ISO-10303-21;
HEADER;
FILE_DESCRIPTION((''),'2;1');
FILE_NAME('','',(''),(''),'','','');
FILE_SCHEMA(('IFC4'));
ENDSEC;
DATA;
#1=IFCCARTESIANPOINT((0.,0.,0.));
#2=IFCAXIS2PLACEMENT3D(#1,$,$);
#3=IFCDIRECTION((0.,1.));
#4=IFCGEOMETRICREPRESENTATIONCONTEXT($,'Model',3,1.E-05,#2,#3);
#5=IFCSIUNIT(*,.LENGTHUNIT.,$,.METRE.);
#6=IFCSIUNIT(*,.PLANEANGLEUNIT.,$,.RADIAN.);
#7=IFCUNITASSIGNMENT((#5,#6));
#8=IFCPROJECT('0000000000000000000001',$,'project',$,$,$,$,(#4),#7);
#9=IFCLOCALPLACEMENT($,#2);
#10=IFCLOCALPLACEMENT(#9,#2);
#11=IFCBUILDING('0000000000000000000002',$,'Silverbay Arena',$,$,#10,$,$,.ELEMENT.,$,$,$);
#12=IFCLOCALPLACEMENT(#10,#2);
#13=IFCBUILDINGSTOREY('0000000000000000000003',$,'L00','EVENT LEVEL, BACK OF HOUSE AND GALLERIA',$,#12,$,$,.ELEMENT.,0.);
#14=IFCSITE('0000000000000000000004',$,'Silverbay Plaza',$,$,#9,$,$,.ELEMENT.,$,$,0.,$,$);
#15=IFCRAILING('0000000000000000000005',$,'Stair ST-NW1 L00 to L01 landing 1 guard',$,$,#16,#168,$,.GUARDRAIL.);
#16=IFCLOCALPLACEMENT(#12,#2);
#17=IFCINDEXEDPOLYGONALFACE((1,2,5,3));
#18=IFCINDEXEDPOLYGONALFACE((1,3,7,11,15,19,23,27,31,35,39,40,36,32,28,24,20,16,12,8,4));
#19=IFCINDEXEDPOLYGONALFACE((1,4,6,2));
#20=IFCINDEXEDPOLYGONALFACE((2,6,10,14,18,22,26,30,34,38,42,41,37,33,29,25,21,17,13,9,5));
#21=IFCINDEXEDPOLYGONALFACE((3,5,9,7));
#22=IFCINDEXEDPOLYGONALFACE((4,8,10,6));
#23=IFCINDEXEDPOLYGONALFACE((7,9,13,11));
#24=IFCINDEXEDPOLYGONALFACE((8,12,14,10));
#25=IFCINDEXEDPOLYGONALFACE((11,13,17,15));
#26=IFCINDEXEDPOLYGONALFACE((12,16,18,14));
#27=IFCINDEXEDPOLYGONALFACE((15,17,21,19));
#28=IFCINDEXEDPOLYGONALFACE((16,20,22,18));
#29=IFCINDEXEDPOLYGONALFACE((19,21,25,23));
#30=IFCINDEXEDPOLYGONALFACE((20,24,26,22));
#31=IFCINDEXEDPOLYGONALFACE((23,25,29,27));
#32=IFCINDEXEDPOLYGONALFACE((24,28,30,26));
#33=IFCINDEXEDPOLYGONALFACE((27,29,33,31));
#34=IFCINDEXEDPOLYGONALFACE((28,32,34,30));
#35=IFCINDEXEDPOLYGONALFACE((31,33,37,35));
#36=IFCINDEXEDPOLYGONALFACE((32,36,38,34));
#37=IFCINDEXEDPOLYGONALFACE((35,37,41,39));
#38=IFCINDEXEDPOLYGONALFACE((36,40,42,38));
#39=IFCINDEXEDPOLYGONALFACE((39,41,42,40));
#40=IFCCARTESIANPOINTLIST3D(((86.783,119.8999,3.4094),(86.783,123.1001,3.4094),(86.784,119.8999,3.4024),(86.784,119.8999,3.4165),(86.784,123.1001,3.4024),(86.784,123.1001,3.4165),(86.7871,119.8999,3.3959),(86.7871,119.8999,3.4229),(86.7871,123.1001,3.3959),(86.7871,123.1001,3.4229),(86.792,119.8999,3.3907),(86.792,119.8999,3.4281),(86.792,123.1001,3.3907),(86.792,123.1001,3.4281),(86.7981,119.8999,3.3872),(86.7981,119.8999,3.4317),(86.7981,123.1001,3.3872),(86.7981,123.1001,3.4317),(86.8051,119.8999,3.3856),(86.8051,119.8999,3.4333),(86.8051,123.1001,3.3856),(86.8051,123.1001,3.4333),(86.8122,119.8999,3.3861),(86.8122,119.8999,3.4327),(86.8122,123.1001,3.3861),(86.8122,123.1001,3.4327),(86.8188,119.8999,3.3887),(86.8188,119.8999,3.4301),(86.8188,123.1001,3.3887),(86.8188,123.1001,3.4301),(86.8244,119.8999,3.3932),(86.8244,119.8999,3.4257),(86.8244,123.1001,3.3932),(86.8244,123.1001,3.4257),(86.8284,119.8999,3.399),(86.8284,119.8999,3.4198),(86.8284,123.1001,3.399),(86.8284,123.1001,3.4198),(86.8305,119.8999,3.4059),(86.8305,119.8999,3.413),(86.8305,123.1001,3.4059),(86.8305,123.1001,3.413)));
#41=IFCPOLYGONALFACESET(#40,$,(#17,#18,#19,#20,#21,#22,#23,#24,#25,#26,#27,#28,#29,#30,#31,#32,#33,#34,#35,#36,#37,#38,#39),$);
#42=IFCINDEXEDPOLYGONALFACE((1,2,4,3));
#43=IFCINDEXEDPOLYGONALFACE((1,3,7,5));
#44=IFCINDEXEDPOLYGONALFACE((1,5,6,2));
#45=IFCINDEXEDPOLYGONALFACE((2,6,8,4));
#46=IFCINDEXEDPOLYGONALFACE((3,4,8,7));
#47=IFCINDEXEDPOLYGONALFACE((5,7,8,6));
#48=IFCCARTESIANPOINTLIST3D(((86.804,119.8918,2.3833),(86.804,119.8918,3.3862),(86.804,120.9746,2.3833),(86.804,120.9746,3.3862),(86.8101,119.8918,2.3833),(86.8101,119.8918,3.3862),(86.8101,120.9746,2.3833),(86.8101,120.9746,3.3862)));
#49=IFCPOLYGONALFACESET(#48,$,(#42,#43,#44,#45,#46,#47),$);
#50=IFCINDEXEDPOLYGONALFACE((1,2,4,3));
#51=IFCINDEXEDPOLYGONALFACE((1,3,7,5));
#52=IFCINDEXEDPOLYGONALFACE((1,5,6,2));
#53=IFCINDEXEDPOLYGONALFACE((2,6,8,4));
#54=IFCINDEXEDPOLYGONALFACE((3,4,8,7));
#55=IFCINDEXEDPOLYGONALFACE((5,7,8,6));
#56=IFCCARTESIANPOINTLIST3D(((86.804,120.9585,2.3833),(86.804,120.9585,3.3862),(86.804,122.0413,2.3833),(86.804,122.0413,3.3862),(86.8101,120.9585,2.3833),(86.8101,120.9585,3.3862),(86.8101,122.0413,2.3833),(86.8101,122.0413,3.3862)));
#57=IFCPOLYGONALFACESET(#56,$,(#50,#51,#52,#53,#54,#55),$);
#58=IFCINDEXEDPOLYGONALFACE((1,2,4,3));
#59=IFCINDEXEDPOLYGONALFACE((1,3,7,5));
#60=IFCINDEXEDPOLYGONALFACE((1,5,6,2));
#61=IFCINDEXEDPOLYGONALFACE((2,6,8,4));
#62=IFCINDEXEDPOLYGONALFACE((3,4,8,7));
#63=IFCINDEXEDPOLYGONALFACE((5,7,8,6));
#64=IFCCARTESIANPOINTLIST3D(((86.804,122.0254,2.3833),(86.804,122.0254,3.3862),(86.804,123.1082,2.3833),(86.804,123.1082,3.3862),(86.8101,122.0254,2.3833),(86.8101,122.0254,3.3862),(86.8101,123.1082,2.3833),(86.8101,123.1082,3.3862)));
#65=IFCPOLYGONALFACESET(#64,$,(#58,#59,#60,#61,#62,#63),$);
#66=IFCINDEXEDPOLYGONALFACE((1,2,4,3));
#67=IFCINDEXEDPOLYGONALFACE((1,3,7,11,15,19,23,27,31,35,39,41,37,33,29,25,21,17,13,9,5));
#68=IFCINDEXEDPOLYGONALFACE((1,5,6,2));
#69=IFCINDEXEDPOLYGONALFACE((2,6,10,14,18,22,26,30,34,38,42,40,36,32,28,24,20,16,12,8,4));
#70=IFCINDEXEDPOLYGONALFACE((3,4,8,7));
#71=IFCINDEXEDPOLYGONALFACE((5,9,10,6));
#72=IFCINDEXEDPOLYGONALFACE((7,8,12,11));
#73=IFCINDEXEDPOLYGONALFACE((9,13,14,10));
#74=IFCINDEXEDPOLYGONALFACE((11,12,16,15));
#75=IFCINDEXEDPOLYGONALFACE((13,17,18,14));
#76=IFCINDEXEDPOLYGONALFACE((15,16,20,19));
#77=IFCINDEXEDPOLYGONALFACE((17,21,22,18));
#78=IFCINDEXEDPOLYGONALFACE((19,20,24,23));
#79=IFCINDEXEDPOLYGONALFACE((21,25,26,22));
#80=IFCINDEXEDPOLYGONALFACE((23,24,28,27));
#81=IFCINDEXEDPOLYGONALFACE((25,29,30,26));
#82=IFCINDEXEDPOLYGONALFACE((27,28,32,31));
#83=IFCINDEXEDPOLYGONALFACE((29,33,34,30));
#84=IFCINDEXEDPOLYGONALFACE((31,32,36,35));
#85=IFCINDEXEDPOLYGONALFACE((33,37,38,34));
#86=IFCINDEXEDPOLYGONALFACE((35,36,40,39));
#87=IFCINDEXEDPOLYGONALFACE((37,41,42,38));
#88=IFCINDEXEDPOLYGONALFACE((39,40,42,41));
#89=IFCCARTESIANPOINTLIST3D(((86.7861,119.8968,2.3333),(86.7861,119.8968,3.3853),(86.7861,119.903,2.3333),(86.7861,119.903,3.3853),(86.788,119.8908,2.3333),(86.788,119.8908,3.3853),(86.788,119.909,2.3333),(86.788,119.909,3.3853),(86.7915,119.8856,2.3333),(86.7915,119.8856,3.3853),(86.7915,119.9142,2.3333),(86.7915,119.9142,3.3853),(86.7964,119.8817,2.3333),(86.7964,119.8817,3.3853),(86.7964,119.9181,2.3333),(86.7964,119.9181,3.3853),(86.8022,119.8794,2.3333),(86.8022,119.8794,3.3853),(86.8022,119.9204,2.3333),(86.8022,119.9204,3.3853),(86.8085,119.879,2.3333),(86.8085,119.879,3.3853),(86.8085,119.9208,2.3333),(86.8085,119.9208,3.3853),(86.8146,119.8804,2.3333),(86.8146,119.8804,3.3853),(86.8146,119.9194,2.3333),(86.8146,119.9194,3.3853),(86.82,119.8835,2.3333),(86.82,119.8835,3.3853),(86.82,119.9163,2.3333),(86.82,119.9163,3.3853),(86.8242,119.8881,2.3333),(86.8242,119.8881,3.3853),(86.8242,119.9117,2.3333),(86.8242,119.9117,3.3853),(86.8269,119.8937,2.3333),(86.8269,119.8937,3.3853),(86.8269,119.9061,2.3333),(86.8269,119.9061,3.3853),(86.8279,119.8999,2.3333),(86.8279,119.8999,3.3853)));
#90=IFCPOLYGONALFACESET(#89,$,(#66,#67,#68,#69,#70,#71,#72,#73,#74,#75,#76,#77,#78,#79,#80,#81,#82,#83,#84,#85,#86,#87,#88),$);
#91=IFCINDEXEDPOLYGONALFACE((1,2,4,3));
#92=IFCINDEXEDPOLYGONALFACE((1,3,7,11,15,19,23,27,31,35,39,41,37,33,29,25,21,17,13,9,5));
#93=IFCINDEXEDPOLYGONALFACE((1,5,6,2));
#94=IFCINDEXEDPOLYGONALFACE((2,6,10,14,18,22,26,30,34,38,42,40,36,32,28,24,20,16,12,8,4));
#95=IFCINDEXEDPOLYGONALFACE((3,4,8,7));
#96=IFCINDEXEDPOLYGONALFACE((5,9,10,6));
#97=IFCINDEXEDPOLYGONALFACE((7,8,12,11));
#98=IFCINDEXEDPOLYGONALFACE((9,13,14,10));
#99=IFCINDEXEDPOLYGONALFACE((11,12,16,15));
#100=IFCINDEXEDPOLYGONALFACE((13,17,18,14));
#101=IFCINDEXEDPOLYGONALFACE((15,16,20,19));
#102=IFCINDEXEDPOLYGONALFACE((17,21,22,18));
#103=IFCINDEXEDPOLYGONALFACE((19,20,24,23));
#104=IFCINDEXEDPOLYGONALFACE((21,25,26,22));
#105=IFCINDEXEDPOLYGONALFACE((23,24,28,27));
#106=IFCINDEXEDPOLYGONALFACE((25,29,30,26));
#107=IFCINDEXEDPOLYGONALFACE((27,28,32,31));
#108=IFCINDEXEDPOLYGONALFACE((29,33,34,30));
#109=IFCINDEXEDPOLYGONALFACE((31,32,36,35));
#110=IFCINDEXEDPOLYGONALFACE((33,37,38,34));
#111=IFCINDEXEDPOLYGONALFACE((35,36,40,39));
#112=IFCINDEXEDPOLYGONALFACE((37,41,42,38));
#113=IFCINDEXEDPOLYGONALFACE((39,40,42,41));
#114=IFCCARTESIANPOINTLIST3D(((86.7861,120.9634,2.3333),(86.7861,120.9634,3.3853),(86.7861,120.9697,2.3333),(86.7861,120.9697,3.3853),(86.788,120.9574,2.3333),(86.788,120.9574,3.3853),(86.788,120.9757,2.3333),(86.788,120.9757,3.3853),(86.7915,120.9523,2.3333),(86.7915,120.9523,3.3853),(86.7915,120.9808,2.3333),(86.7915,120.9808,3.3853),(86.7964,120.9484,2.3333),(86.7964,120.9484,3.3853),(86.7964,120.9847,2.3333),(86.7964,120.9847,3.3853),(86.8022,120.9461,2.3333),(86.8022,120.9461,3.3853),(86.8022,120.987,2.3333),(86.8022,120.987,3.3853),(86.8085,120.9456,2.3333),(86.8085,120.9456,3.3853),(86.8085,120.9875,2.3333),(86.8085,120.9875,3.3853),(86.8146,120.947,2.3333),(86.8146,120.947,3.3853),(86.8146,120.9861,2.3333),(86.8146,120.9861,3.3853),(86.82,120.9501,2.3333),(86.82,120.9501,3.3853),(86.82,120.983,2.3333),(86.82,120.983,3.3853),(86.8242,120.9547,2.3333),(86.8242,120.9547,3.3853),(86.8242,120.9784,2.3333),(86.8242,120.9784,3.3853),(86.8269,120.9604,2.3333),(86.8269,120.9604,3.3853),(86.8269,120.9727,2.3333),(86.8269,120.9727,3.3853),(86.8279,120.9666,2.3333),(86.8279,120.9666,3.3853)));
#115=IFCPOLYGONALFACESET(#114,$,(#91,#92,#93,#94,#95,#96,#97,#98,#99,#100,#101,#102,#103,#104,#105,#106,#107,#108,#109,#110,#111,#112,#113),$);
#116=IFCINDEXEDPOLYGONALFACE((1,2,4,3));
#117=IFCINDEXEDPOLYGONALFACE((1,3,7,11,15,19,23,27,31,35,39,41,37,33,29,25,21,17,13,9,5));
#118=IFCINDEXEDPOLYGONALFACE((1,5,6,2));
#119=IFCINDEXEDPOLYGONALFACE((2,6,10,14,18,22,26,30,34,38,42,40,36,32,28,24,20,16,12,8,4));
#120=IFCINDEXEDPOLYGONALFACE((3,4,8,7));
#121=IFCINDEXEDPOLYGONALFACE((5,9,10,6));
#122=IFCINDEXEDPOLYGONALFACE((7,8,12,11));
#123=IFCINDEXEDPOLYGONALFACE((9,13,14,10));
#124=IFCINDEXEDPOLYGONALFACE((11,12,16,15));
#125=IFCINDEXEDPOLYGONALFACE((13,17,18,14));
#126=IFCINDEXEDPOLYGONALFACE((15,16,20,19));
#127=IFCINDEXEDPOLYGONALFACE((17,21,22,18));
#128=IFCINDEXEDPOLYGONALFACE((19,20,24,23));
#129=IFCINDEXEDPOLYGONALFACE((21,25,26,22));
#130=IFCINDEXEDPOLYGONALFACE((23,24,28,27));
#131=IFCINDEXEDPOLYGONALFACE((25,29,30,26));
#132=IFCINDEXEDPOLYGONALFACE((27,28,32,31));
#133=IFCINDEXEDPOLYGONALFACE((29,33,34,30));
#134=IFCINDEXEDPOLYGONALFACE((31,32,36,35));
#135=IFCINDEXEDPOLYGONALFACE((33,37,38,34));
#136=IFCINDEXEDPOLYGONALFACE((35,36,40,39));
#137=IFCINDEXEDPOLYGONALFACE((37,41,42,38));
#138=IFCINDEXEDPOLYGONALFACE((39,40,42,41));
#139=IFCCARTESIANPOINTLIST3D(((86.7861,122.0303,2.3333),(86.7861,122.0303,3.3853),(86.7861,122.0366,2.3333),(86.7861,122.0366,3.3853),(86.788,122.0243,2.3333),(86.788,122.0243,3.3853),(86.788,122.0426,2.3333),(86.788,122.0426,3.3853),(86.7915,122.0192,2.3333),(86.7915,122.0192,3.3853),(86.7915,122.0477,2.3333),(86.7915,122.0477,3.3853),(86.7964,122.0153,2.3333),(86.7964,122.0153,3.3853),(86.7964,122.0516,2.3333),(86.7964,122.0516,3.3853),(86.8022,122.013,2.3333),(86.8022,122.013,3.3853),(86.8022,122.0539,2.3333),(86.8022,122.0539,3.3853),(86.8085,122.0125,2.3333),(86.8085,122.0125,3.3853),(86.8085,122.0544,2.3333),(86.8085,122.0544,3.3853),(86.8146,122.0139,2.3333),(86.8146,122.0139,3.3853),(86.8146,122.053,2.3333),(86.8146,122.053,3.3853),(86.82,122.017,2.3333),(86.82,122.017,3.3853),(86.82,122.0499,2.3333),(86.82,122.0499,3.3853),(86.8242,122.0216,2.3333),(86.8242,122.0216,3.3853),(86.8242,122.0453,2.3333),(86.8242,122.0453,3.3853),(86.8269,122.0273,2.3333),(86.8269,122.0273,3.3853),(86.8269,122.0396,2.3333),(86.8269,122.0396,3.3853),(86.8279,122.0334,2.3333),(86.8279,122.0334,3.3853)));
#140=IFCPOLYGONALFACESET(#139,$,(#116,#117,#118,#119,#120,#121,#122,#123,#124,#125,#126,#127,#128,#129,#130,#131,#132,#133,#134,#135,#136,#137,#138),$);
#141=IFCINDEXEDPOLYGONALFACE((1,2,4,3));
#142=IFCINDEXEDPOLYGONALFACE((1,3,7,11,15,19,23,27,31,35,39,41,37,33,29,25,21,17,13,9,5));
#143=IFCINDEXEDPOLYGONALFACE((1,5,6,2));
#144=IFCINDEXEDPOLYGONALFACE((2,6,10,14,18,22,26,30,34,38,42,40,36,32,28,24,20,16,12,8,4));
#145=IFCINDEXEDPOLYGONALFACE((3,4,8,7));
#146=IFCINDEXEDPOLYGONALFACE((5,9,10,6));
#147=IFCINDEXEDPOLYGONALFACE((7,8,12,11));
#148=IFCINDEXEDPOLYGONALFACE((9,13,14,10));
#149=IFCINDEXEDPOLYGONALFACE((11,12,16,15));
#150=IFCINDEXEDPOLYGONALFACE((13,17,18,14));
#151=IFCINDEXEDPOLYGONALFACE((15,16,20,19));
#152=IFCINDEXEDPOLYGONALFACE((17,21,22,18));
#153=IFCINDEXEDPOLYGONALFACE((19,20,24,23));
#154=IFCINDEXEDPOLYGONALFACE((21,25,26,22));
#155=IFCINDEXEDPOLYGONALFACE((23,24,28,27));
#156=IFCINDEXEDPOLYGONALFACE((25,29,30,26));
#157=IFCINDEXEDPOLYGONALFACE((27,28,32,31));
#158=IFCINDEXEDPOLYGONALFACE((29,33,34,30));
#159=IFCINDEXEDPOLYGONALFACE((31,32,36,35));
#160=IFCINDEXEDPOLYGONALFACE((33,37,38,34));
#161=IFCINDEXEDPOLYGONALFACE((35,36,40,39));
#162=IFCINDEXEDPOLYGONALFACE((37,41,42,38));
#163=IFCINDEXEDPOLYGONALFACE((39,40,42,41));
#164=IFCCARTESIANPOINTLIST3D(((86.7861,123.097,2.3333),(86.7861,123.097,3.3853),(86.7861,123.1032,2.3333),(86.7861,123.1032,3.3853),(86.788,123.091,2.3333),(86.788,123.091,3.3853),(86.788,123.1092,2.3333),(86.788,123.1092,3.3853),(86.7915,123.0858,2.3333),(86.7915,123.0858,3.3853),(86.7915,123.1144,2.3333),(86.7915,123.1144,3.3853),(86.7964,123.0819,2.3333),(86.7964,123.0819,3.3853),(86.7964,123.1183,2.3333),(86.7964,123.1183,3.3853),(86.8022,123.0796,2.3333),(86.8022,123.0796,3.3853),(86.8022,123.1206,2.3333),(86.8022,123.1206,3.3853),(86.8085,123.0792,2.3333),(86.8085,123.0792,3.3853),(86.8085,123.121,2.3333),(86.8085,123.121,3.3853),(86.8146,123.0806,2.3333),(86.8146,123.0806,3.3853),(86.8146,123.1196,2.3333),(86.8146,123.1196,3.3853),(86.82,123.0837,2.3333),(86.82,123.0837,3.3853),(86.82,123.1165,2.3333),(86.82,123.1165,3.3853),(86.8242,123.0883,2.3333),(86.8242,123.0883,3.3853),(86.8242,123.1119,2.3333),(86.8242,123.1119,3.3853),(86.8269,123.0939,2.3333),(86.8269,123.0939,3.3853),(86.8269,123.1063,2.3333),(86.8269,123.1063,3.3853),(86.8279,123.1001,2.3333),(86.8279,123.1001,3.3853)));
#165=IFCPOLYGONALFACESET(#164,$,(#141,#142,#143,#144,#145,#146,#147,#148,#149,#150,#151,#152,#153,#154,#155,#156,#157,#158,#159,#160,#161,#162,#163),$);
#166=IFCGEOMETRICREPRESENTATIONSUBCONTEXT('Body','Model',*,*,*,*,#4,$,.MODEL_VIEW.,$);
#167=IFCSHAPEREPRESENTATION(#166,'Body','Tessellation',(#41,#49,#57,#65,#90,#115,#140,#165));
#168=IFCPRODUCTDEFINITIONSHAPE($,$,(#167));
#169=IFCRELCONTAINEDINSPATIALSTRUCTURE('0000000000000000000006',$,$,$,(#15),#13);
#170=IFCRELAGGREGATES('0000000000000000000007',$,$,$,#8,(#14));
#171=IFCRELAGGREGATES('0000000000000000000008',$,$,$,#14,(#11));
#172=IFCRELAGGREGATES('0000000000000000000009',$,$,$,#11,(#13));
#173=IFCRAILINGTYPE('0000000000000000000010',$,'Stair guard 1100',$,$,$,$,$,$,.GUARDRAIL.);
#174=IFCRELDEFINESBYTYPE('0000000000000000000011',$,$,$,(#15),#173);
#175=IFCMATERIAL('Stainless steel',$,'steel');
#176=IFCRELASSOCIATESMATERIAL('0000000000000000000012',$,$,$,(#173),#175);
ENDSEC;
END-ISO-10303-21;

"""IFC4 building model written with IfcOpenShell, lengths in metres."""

from ifc_helpers import new_model, si_unit, direction, frame, origin, origin_2d, place, context, subcontext, project, spatial, polyline, circle, outline, extrude, material, type_object, element, save


model = new_model("IFC4")

# Units and contexts
model_context = context("Model", 3, precision=1e-05, world=origin(), true_north=direction((0.0, 1.0)))
body_context = subcontext(model_context, "Body", "Model", "MODEL_VIEW")
ifc_project = project(units=[si_unit("LENGTHUNIT", "METRE"), si_unit("PLANEANGLEUNIT", "RADIAN")], contexts=[model_context])

# Site, building, storey
site_placement = place(None, origin())
site = spatial("IfcSite", under=ifc_project, at=site_placement, Name="Silverbay Plaza", CompositionType="ELEMENT", RefElevation=0.0)
building_placement = place(site_placement, origin())
building = spatial("IfcBuilding", under=site, at=building_placement, Name="Silverbay Arena", CompositionType="ELEMENT")
storey_placement = place(building_placement, origin())
storey = spatial("IfcBuildingStorey", under=building, at=storey_placement, Name="L00", Description="EVENT LEVEL, BACK OF HOUSE AND GALLERIA", CompositionType="ELEMENT", Elevation=0.0)

# Railing
ifc_material_1 = material(Name="Stainless steel", Category="steel")
railing_type_1 = type_object("IfcRailingType", Name="Stair guard 1100", PredefinedType="GUARDRAIL", material=ifc_material_1)
for number, where, name in (
    (1, (86.8069, 119.8999, 2.3333), "Stair ST-NW1 L00 to L01 landing 1 guard"),
):
    element("IfcRailing", number, at=place(storey_placement, frame(where)), inside=storey, type_object=railing_type_1, Name=name, PredefinedType="GUARDRAIL", context=body_context, shape_type="SweptSolid", body=[
        extrude(circle(Radius=0.0239, at=origin_2d()), frame((0.0, 0.0, 1.0762), z_axis=(0.0, 1.0, 0.0), x_axis=(-1.0, 0.0, 0.0)), (0.0, 0.0, 1.0), 3.2002),
        extrude(outline(polyline([(-0.0081, 0.05), (1.0747, 0.05), (1.0747, 1.053), (-0.0081, 1.053), (-0.0081, 0.05)])), frame((-0.0029, 0.0, 0.0), z_axis=(1.0, 0.0, 0.0), x_axis=(0.0, 1.0, 0.0)), (0.0, 0.0, 1.0), 0.0061),
        extrude(outline(polyline([(-0.0081, 0.05), (1.0747, 0.05), (1.0747, 1.053), (-0.0081, 1.053), (-0.0081, 0.05)])), frame((-0.0029, 1.0667, 0.0), z_axis=(1.0, 0.0, 0.0), x_axis=(0.0, 1.0, 0.0)), (0.0, 0.0, 1.0), 0.0061),
        extrude(outline(polyline([(-0.0081, 0.05), (1.0747, 0.05), (1.0747, 1.053), (-0.0081, 1.053), (-0.0081, 0.05)])), frame((-0.0029, 2.1335, 0.0), z_axis=(1.0, 0.0, 0.0), x_axis=(0.0, 1.0, 0.0)), (0.0, 0.0, 1.0), 0.0061),
        extrude(circle(Radius=0.021, at=origin_2d()), origin(), (0.0, 0.0, 1.0), 1.052),
        extrude(circle(Radius=0.021, at=origin_2d()), frame((0.0, 1.0667, 0.0)), (0.0, 0.0, 1.0), 1.052),
        extrude(circle(Radius=0.021, at=origin_2d()), frame((0.0, 2.1335, 0.0)), (0.0, 0.0, 1.0), 1.052),
        extrude(circle(Radius=0.021, at=origin_2d()), frame((0.0, 3.2002, 0.0)), (0.0, 0.0, 1.0), 1.052),
    ])

save(model, "model.ifc")
